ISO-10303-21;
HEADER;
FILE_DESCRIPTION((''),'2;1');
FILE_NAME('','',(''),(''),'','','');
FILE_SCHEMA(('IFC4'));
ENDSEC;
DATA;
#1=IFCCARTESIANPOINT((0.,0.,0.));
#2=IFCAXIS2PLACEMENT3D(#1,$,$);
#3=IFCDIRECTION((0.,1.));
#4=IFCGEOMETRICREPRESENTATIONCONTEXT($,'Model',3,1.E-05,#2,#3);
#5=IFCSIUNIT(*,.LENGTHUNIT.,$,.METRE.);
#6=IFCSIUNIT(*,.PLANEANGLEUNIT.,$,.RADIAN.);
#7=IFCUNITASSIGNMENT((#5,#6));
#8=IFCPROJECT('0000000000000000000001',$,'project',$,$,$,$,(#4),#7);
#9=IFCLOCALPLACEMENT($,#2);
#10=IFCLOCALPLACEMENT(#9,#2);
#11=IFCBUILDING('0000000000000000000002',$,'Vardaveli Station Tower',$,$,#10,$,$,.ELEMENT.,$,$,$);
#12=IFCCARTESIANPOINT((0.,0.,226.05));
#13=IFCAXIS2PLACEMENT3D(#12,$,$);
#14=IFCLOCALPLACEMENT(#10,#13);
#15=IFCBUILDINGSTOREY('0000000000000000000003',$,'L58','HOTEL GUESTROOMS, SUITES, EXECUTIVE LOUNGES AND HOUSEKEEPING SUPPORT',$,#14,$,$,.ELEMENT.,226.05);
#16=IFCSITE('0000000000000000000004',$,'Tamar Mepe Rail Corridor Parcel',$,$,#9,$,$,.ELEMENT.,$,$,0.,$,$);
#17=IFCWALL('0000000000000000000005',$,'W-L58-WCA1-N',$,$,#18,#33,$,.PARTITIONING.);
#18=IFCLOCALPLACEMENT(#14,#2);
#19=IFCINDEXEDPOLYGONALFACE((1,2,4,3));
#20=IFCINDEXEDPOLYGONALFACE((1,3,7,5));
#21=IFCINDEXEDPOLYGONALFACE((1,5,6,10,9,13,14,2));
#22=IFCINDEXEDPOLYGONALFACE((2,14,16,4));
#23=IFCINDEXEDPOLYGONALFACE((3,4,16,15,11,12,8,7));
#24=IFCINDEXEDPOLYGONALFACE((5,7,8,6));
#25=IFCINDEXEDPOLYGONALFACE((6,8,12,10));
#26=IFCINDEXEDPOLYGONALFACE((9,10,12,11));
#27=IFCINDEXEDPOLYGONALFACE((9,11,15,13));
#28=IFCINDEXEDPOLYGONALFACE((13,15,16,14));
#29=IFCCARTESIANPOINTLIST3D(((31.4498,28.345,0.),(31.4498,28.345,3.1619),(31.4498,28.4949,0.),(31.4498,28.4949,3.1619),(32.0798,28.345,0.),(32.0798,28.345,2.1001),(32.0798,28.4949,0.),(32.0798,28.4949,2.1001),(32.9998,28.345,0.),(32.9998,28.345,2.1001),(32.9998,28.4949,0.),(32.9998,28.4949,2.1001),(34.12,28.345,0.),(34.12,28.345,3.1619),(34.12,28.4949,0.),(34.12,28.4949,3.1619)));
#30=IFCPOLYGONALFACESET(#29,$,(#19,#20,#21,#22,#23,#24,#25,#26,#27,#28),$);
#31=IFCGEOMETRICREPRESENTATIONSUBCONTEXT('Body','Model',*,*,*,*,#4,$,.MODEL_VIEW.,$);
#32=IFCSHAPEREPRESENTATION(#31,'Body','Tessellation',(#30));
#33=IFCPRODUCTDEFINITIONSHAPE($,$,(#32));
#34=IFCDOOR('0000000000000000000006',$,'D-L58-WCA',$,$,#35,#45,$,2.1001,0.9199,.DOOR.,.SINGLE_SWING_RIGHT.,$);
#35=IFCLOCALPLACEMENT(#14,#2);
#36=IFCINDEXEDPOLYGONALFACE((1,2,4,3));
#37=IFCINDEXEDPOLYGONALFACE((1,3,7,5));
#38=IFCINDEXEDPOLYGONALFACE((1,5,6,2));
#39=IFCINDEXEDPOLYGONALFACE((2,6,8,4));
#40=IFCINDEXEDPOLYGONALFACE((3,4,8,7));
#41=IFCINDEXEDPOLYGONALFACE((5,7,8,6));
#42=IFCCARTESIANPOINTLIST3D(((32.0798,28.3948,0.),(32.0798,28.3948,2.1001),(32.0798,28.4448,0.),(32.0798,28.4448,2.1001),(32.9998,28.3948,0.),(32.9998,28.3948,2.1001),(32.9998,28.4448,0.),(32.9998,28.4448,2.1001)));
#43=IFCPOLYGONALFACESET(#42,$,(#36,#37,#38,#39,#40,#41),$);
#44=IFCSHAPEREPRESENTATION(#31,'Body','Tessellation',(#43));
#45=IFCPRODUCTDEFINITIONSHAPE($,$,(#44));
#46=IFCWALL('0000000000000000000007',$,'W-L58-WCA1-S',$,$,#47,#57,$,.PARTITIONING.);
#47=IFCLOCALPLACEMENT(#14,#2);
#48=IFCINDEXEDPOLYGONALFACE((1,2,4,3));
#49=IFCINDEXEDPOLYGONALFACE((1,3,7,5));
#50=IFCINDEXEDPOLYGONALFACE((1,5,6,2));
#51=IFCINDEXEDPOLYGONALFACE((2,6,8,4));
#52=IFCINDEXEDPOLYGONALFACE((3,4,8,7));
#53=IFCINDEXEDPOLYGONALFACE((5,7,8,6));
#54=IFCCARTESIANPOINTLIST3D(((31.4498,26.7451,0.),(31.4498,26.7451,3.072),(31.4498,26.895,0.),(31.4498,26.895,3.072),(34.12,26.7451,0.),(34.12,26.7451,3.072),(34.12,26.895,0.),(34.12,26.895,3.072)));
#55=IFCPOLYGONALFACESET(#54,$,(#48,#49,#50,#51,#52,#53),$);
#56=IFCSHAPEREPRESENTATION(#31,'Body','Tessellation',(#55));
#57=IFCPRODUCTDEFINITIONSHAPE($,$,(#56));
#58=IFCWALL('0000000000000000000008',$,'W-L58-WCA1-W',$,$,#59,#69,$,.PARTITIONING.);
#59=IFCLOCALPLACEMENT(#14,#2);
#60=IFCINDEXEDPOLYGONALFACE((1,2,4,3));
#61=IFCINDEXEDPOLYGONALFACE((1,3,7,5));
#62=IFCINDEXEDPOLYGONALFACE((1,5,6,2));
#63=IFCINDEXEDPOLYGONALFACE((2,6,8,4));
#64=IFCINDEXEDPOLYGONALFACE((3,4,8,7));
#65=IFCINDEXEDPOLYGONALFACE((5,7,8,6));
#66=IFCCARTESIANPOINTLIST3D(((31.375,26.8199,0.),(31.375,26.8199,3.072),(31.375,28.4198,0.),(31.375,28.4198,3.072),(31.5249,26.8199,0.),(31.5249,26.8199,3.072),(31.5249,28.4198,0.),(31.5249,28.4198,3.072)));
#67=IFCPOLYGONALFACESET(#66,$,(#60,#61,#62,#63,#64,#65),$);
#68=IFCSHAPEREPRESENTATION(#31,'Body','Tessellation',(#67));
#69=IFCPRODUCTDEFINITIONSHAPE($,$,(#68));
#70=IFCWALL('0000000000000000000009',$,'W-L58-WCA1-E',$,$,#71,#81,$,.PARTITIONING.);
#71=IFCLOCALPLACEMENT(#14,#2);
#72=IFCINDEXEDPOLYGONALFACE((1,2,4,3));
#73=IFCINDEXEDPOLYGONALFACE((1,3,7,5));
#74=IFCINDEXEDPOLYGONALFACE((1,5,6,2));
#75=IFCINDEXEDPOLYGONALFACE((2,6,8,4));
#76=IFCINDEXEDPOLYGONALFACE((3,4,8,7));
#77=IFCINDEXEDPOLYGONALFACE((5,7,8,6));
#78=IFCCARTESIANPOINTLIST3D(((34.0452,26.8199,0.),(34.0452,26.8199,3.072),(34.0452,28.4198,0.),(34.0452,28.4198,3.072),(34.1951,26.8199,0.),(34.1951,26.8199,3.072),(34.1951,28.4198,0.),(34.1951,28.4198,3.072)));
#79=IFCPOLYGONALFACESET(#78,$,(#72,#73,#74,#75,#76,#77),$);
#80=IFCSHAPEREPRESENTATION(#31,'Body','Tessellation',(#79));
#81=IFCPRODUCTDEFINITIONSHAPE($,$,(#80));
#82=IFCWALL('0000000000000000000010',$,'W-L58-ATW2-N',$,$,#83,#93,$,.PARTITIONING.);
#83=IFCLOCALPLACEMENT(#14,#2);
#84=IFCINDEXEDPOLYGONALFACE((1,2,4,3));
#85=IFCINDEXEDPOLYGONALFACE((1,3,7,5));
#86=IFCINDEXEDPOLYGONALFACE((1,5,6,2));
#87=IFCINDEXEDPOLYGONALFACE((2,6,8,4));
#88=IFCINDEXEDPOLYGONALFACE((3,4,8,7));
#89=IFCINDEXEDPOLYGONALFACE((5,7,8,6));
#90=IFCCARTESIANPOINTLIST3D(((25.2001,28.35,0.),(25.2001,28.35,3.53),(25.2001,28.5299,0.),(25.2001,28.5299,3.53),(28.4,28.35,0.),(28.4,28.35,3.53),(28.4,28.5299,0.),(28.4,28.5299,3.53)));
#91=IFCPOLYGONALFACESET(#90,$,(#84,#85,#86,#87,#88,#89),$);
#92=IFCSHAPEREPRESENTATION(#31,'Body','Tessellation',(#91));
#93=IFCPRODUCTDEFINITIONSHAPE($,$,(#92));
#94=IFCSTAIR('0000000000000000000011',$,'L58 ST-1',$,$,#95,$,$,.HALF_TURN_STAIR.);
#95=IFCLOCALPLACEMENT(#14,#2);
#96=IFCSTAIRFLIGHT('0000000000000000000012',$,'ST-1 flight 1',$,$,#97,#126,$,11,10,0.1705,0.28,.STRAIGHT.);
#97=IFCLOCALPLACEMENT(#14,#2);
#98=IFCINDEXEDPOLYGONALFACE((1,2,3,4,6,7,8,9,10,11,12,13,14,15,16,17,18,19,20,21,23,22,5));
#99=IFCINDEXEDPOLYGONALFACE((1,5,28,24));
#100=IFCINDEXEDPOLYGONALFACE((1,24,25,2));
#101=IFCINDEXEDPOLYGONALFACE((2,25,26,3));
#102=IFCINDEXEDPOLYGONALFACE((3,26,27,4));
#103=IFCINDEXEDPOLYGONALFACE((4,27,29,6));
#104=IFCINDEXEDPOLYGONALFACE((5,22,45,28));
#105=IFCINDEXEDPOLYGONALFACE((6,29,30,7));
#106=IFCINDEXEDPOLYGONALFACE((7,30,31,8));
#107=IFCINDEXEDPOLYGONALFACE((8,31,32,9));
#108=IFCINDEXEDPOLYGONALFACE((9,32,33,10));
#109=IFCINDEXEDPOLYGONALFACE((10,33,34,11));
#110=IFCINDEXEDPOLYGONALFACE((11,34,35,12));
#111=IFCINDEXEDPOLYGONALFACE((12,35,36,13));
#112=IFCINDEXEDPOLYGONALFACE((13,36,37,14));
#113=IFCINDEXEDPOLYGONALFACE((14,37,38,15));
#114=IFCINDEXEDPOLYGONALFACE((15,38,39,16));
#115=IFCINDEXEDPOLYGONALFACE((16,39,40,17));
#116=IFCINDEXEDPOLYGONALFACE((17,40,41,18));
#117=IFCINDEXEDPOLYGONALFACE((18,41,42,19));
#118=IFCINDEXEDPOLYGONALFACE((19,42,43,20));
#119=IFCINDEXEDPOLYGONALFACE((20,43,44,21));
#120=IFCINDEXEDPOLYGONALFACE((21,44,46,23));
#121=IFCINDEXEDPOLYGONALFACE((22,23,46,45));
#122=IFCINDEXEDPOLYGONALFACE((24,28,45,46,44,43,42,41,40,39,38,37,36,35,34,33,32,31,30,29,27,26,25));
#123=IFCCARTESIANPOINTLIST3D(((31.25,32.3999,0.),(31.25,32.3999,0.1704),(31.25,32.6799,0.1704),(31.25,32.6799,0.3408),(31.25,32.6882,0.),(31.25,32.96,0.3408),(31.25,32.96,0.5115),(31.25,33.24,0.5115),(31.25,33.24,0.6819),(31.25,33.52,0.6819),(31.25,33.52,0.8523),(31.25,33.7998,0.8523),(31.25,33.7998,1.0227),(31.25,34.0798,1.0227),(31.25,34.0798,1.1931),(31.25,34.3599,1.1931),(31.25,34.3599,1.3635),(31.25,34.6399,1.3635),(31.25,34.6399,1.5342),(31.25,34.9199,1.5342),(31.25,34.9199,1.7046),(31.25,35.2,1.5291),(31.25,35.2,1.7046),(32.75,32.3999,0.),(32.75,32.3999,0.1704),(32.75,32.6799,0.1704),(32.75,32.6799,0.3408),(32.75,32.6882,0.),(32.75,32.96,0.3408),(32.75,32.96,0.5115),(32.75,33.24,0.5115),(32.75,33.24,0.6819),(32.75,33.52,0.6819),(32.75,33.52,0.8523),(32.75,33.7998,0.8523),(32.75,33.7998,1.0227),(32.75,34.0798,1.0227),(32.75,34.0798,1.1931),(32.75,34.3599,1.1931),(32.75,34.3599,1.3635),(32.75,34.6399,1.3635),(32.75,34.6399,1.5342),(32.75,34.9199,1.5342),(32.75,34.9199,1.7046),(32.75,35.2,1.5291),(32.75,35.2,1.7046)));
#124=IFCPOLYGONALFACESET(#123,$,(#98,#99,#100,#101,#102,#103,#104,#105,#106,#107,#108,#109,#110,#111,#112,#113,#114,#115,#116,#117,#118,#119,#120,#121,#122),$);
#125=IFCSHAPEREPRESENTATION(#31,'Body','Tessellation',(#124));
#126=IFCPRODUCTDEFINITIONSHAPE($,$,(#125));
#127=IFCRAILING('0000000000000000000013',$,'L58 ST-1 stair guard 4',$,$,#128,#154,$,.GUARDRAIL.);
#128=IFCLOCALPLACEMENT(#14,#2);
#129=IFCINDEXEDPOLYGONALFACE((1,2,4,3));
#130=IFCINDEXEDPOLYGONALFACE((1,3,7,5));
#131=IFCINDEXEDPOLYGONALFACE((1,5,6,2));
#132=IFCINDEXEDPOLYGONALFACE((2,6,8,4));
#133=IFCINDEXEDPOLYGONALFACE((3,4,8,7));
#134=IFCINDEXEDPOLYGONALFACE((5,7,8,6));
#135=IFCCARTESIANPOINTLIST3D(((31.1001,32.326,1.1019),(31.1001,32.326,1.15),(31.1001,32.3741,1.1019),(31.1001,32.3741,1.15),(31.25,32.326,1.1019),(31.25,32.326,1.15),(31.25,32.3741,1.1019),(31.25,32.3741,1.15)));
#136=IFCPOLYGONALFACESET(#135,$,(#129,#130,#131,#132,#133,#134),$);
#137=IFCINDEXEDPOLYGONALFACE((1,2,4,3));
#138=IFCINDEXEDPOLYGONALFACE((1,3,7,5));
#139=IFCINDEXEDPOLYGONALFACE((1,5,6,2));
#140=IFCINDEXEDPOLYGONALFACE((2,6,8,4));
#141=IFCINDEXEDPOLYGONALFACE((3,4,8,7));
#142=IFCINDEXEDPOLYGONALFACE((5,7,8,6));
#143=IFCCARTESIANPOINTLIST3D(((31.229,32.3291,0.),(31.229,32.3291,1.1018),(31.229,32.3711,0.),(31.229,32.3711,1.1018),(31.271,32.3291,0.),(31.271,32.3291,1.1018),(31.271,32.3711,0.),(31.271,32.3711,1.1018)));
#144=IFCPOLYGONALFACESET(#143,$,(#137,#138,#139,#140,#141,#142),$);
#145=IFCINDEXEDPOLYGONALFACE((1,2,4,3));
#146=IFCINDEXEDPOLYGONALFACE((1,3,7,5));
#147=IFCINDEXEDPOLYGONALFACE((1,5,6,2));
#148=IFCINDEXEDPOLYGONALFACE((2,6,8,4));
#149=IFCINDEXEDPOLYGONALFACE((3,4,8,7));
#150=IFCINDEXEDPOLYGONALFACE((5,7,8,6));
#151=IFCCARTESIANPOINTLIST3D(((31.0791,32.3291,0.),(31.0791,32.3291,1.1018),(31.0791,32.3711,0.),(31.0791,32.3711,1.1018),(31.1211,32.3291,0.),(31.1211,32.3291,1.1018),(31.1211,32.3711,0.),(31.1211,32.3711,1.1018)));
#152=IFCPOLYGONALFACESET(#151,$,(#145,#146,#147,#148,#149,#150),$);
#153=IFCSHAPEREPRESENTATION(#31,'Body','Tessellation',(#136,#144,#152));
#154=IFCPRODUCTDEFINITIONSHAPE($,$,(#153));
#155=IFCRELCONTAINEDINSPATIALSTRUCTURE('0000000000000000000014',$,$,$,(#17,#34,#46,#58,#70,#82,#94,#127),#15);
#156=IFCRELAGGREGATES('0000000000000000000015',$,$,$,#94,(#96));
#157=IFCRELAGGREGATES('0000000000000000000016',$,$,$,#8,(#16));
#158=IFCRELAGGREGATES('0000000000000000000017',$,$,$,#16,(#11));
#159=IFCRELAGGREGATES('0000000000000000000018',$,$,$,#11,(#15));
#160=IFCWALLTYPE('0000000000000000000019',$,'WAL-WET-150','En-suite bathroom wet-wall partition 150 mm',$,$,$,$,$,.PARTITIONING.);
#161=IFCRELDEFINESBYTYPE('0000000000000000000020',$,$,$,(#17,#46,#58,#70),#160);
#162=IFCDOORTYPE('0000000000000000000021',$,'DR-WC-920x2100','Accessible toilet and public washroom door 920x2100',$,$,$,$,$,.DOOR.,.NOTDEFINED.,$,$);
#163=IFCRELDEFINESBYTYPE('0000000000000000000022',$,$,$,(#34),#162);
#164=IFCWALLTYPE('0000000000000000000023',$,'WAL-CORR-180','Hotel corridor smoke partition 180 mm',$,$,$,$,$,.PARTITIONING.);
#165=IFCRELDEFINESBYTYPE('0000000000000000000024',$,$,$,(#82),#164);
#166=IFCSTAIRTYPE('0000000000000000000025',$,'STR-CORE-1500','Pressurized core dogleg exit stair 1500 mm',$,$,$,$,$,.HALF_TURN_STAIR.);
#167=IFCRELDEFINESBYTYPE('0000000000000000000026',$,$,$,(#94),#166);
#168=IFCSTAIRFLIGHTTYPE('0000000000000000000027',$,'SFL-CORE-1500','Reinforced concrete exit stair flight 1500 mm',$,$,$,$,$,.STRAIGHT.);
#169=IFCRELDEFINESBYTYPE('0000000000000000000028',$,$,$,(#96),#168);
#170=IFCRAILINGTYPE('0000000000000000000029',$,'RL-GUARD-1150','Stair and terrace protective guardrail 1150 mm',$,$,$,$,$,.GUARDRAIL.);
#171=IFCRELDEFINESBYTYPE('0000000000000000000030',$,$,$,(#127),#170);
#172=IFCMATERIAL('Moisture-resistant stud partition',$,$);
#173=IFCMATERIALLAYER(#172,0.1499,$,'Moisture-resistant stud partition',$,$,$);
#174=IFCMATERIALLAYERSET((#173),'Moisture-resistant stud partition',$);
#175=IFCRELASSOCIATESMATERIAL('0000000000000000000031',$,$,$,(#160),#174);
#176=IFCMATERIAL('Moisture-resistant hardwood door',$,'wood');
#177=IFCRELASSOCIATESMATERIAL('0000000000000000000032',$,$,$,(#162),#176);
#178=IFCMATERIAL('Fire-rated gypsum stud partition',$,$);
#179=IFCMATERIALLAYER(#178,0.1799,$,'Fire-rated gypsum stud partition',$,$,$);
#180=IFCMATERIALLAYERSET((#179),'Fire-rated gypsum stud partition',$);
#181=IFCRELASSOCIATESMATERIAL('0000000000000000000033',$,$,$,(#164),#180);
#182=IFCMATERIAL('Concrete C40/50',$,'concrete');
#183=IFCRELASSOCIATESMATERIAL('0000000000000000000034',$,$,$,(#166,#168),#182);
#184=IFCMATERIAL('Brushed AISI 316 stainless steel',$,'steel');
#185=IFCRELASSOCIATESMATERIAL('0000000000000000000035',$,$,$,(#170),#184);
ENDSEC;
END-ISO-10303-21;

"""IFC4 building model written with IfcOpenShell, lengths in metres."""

from ifc_helpers import new_model, si_unit, direction, frame, frame_2d, origin, origin_2d, place, context, subcontext, project, spatial, polyline, rectangle, outline, extrude, source, transform, mapped, material, layer, layer_set, type_object, element, fill, aggregate, save


model = new_model("IFC4")

# Units and contexts
model_context = context("Model", 3, precision=1e-05, world=origin(), true_north=direction((0.0, 1.0)))
body_context = subcontext(model_context, "Body", "Model", "MODEL_VIEW")
ifc_project = project(units=[si_unit("LENGTHUNIT", "METRE"), si_unit("PLANEANGLEUNIT", "RADIAN")], contexts=[model_context])

# Site, building, storey
site_placement = place(None, origin())
site = spatial("IfcSite", under=ifc_project, at=site_placement, Name="Tamar Mepe Rail Corridor Parcel", CompositionType="ELEMENT", RefElevation=0.0)
building_placement = place(site_placement, origin())
building = spatial("IfcBuilding", under=site, at=building_placement, Name="Vardaveli Station Tower", CompositionType="ELEMENT")
storey_placement = place(building_placement, frame((0.0, 0.0, 226.05)))
storey = spatial("IfcBuildingStorey", under=building, at=storey_placement, Name="L58", Description="HOTEL GUESTROOMS, SUITES, EXECUTIVE LOUNGES AND HOUSEKEEPING SUPPORT", CompositionType="ELEMENT", Elevation=226.05)

# Shared definitions
ifc_material_1 = material(Name="Concrete C40/50", Category="concrete")

# Wall, opening, door
ifc_material_2 = material(Name="Moisture-resistant stud partition")
ifc_layer_1 = layer(ifc_material_2, 0.1499, Name="Moisture-resistant stud partition")
ifc_layer_set_1 = layer_set([ifc_layer_1], Name="Moisture-resistant stud partition")
wall_type_1 = type_object("IfcWallType", Name="WAL-WET-150", Description="En-suite bathroom wet-wall partition 150 mm", PredefinedType="PARTITIONING", material=ifc_layer_set_1)
shared_shape_1 = source(origin(), body_context, "Body", "SweptSolid", [
    extrude(rectangle(XDim=2.6702, YDim=0.1499, at=frame_2d((1.335, 0.0))), origin(), (0.0, 0.0, 1.0), 3.1619),
])
wall_1_placement = place(storey_placement, frame((31.45, 28.4199, 0.0), z_axis=(0.0, 0.0, 1.0), x_axis=(1.0, 0.0, 0.0)))
wall_1 = element("IfcWall", 1, at=wall_1_placement, inside=storey, type_object=wall_type_1, Name="W-L58-WCA1-N", PredefinedType="PARTITIONING", context=body_context, shape_type="MappedRepresentation", body=[
    mapped(shared_shape_1, transform((0.0, 0.0, 0.0), scale=1.0)),
])
shared_shape_2 = source(origin(), body_context, "Body", "SweptSolid", [
    extrude(rectangle(XDim=0.9199, YDim=2.1001, at=frame_2d((0.46, 1.05))), frame((0.0, 0.085, 0.0), z_axis=(0.0, -1.0, 0.0), x_axis=(1.0, 0.0, 0.0)), (0.0, 0.0, 1.0), 0.1699),
])
opening_1_placement = place(wall_1_placement, frame((0.6299, 0.0, 0.0)))
opening_1 = element("IfcOpeningElement", 2, at=opening_1_placement, cuts=wall_1, PredefinedType="OPENING", context=body_context, shape_type="MappedRepresentation", body=[
    mapped(shared_shape_2, transform((0.0, 0.0, 0.0), scale=1.0)),
])
ifc_material_3 = material(Name="Moisture-resistant hardwood door", Category="wood")
door_type_1 = type_object("IfcDoorType", Name="DR-WC-920x2100", Description="Accessible toilet and public washroom door 920x2100", OperationType="NOTDEFINED", PredefinedType="DOOR", material=ifc_material_3)
shared_shape_3 = source(origin(), body_context, "Body", "SweptSolid", [
    extrude(rectangle(XDim=0.9199, YDim=2.1001, at=frame_2d((0.46, 1.05))), frame((0.0, 0.0249, 0.0), z_axis=(0.0, -1.0, 0.0), x_axis=(1.0, 0.0, 0.0)), (0.0, 0.0, 1.0), 0.05),
])
door_1_placement = place(opening_1_placement, origin())
door_1 = element("IfcDoor", 3, at=door_1_placement, inside=storey, type_object=door_type_1, Name="D-L58-WCA", OperationType="SINGLE_SWING_RIGHT", OverallHeight=2.1001, OverallWidth=0.9199, PredefinedType="DOOR", context=body_context, shape_type="MappedRepresentation", body=[
    mapped(shared_shape_3, transform((0.0, 0.0, 0.0), scale=1.0)),
])
fill(opening_1, door_1)

# Walls
shared_shape_4 = source(origin(), body_context, "Body", "SweptSolid", [
    extrude(rectangle(XDim=2.6702, YDim=0.1499, at=frame_2d((1.335, 0.0))), origin(), (0.0, 0.0, 1.0), 3.072),
])
wall_2_placement = place(storey_placement, frame((31.45, 26.8201, 0.0), z_axis=(0.0, 0.0, 1.0), x_axis=(1.0, 0.0, 0.0)))
element("IfcWall", 4, at=wall_2_placement, inside=storey, type_object=wall_type_1, Name="W-L58-WCA1-S", PredefinedType="PARTITIONING", context=body_context, shape_type="MappedRepresentation", body=[
    mapped(shared_shape_4, transform((0.0, 0.0, 0.0), scale=1.0)),
])
shared_shape_5 = source(origin(), body_context, "Body", "SweptSolid", [
    extrude(rectangle(XDim=1.5999, YDim=0.1499, at=frame_2d((0.7998, 0.0))), origin(), (0.0, 0.0, 1.0), 3.072),
])
for number, where, z_axis, x_axis, name in (
    (5, (31.45, 26.8201, 0.0), (0.0, 0.0, 1.0), (0.0, 1.0, 0.0), "W-L58-WCA1-W"),
    (6, (34.1201, 26.8201, 0.0), (0.0, 0.0, 1.0), (0.0, 1.0, 0.0), "W-L58-WCA1-E"),
):
    element("IfcWall", number, at=place(storey_placement, frame(where, z_axis=z_axis, x_axis=x_axis)), inside=storey, type_object=wall_type_1, Name=name, PredefinedType="PARTITIONING", context=body_context, shape_type="MappedRepresentation", body=[
        mapped(shared_shape_5, transform((0.0, 0.0, 0.0), scale=1.0)),
    ])
ifc_material_4 = material(Name="Fire-rated gypsum stud partition")
ifc_layer_2 = layer(ifc_material_4, 0.1799, Name="Fire-rated gypsum stud partition")
ifc_layer_set_2 = layer_set([ifc_layer_2], Name="Fire-rated gypsum stud partition")
wall_type_2 = type_object("IfcWallType", Name="WAL-CORR-180", Description="Hotel corridor smoke partition 180 mm", PredefinedType="PARTITIONING", material=ifc_layer_set_2)
shared_shape_6 = source(origin(), body_context, "Body", "SweptSolid", [
    extrude(rectangle(XDim=3.2, YDim=0.1799, at=frame_2d((1.6001, 0.0))), origin(), (0.0, 0.0, 1.0), 3.53),
])
wall_3_placement = place(storey_placement, frame((25.2, 28.4399, 0.0), z_axis=(0.0, 0.0, 1.0), x_axis=(1.0, 0.0, 0.0)))
element("IfcWall", 7, at=wall_3_placement, inside=storey, type_object=wall_type_2, Name="W-L58-ATW2-N", PredefinedType="PARTITIONING", context=body_context, shape_type="MappedRepresentation", body=[
    mapped(shared_shape_6, transform((0.0, 0.0, 0.0), scale=1.0)),
])

# Stair, stair flight
stair_type = type_object("IfcStairType", Name="STR-CORE-1500", Description="Pressurized core dogleg exit stair 1500 mm", PredefinedType="HALF_TURN_STAIR", material=ifc_material_1)
stair_placement = place(storey_placement, origin())
stair = element("IfcStair", 8, at=stair_placement, inside=storey, type_object=stair_type, Name="L58 ST-1", PredefinedType="HALF_TURN_STAIR")
stair_flight_type = type_object("IfcStairFlightType", Name="SFL-CORE-1500", Description="Reinforced concrete exit stair flight 1500 mm", PredefinedType="STRAIGHT", material=ifc_material_1)
shared_shape_7 = source(origin(), body_context, "Body", "SweptSolid", [
    extrude(outline(polyline([(0.0, 0.0), (0.0, 0.1704), (0.28, 0.1704), (0.28, 0.3408), (0.5601, 0.3408), (0.5601, 0.5115), (0.8401, 0.5115), (0.8401, 0.6819), (1.1201, 0.6819), (1.1201, 0.8523), (1.3999, 0.8523), (1.3999, 1.0227), (1.6799, 1.0227), (1.6799, 1.1931), (1.96, 1.1931), (1.96, 1.3635), (2.24, 1.3635), (2.24, 1.5342), (2.52, 1.5342), (2.52, 1.7046), (2.8, 1.7046), (2.8, 1.875), (2.8, 1.5291), (0.2883, 0.0), (0.0, 0.0)])), frame((0.0, 0.75, 0.0), z_axis=(0.0, -1.0, 0.0), x_axis=(1.0, 0.0, 0.0)), (0.0, 0.0, 1.0), 1.5),
])
stair_flight_placement = place(storey_placement, frame((32.0, 32.3999, 0.0), z_axis=(0.0, 0.0, 1.0), x_axis=(0.0, 1.0, 0.0)))
stair_flight = element("IfcStairFlight", 9, at=stair_flight_placement, type_object=stair_flight_type, Name="ST-1 flight 1", NumberOfRisers=11, NumberOfTreads=10, PredefinedType="STRAIGHT", RiserHeight=0.1705, TreadLength=0.28, context=body_context, shape_type="MappedRepresentation", body=[
    mapped(shared_shape_7, transform((0.0, 0.0, 0.0), scale=1.0)),
])
aggregate(stair, [stair_flight])

# Railing
ifc_material_5 = material(Name="Brushed AISI 316 stainless steel", Category="steel")
railing_type_1 = type_object("IfcRailingType", Name="RL-GUARD-1150", Description="Stair and terrace protective guardrail 1150 mm", PredefinedType="GUARDRAIL", material=ifc_material_5)
shared_shape_8 = source(origin(), body_context, "Body", "SweptSolid", [
    extrude(rectangle(XDim=0.0481, YDim=0.0481, at=origin_2d()), frame((0.0, 0.0, 1.126), z_axis=(-1.0, 0.0, 0.0), x_axis=(0.0, -1.0, 0.0)), (0.0, 0.0, 1.0), 0.1499),
    extrude(rectangle(XDim=0.042, YDim=0.042, at=origin_2d()), origin(), (0.0, 0.0, 1.0), 1.1018),
    extrude(rectangle(XDim=0.042, YDim=0.042, at=origin_2d()), frame((-0.1499, 0.0, 0.0)), (0.0, 0.0, 1.0), 1.1018),
])
railing_1_placement = place(storey_placement, frame((31.25, 32.3501, 0.0)))
element("IfcRailing", 10, at=railing_1_placement, inside=storey, type_object=railing_type_1, Name="L58 ST-1 stair guard 4", PredefinedType="GUARDRAIL", context=body_context, shape_type="MappedRepresentation", body=[
    mapped(shared_shape_8, transform((0.0, 0.0, 0.0), scale=1.0)),
])

save(model, "model.ifc")
